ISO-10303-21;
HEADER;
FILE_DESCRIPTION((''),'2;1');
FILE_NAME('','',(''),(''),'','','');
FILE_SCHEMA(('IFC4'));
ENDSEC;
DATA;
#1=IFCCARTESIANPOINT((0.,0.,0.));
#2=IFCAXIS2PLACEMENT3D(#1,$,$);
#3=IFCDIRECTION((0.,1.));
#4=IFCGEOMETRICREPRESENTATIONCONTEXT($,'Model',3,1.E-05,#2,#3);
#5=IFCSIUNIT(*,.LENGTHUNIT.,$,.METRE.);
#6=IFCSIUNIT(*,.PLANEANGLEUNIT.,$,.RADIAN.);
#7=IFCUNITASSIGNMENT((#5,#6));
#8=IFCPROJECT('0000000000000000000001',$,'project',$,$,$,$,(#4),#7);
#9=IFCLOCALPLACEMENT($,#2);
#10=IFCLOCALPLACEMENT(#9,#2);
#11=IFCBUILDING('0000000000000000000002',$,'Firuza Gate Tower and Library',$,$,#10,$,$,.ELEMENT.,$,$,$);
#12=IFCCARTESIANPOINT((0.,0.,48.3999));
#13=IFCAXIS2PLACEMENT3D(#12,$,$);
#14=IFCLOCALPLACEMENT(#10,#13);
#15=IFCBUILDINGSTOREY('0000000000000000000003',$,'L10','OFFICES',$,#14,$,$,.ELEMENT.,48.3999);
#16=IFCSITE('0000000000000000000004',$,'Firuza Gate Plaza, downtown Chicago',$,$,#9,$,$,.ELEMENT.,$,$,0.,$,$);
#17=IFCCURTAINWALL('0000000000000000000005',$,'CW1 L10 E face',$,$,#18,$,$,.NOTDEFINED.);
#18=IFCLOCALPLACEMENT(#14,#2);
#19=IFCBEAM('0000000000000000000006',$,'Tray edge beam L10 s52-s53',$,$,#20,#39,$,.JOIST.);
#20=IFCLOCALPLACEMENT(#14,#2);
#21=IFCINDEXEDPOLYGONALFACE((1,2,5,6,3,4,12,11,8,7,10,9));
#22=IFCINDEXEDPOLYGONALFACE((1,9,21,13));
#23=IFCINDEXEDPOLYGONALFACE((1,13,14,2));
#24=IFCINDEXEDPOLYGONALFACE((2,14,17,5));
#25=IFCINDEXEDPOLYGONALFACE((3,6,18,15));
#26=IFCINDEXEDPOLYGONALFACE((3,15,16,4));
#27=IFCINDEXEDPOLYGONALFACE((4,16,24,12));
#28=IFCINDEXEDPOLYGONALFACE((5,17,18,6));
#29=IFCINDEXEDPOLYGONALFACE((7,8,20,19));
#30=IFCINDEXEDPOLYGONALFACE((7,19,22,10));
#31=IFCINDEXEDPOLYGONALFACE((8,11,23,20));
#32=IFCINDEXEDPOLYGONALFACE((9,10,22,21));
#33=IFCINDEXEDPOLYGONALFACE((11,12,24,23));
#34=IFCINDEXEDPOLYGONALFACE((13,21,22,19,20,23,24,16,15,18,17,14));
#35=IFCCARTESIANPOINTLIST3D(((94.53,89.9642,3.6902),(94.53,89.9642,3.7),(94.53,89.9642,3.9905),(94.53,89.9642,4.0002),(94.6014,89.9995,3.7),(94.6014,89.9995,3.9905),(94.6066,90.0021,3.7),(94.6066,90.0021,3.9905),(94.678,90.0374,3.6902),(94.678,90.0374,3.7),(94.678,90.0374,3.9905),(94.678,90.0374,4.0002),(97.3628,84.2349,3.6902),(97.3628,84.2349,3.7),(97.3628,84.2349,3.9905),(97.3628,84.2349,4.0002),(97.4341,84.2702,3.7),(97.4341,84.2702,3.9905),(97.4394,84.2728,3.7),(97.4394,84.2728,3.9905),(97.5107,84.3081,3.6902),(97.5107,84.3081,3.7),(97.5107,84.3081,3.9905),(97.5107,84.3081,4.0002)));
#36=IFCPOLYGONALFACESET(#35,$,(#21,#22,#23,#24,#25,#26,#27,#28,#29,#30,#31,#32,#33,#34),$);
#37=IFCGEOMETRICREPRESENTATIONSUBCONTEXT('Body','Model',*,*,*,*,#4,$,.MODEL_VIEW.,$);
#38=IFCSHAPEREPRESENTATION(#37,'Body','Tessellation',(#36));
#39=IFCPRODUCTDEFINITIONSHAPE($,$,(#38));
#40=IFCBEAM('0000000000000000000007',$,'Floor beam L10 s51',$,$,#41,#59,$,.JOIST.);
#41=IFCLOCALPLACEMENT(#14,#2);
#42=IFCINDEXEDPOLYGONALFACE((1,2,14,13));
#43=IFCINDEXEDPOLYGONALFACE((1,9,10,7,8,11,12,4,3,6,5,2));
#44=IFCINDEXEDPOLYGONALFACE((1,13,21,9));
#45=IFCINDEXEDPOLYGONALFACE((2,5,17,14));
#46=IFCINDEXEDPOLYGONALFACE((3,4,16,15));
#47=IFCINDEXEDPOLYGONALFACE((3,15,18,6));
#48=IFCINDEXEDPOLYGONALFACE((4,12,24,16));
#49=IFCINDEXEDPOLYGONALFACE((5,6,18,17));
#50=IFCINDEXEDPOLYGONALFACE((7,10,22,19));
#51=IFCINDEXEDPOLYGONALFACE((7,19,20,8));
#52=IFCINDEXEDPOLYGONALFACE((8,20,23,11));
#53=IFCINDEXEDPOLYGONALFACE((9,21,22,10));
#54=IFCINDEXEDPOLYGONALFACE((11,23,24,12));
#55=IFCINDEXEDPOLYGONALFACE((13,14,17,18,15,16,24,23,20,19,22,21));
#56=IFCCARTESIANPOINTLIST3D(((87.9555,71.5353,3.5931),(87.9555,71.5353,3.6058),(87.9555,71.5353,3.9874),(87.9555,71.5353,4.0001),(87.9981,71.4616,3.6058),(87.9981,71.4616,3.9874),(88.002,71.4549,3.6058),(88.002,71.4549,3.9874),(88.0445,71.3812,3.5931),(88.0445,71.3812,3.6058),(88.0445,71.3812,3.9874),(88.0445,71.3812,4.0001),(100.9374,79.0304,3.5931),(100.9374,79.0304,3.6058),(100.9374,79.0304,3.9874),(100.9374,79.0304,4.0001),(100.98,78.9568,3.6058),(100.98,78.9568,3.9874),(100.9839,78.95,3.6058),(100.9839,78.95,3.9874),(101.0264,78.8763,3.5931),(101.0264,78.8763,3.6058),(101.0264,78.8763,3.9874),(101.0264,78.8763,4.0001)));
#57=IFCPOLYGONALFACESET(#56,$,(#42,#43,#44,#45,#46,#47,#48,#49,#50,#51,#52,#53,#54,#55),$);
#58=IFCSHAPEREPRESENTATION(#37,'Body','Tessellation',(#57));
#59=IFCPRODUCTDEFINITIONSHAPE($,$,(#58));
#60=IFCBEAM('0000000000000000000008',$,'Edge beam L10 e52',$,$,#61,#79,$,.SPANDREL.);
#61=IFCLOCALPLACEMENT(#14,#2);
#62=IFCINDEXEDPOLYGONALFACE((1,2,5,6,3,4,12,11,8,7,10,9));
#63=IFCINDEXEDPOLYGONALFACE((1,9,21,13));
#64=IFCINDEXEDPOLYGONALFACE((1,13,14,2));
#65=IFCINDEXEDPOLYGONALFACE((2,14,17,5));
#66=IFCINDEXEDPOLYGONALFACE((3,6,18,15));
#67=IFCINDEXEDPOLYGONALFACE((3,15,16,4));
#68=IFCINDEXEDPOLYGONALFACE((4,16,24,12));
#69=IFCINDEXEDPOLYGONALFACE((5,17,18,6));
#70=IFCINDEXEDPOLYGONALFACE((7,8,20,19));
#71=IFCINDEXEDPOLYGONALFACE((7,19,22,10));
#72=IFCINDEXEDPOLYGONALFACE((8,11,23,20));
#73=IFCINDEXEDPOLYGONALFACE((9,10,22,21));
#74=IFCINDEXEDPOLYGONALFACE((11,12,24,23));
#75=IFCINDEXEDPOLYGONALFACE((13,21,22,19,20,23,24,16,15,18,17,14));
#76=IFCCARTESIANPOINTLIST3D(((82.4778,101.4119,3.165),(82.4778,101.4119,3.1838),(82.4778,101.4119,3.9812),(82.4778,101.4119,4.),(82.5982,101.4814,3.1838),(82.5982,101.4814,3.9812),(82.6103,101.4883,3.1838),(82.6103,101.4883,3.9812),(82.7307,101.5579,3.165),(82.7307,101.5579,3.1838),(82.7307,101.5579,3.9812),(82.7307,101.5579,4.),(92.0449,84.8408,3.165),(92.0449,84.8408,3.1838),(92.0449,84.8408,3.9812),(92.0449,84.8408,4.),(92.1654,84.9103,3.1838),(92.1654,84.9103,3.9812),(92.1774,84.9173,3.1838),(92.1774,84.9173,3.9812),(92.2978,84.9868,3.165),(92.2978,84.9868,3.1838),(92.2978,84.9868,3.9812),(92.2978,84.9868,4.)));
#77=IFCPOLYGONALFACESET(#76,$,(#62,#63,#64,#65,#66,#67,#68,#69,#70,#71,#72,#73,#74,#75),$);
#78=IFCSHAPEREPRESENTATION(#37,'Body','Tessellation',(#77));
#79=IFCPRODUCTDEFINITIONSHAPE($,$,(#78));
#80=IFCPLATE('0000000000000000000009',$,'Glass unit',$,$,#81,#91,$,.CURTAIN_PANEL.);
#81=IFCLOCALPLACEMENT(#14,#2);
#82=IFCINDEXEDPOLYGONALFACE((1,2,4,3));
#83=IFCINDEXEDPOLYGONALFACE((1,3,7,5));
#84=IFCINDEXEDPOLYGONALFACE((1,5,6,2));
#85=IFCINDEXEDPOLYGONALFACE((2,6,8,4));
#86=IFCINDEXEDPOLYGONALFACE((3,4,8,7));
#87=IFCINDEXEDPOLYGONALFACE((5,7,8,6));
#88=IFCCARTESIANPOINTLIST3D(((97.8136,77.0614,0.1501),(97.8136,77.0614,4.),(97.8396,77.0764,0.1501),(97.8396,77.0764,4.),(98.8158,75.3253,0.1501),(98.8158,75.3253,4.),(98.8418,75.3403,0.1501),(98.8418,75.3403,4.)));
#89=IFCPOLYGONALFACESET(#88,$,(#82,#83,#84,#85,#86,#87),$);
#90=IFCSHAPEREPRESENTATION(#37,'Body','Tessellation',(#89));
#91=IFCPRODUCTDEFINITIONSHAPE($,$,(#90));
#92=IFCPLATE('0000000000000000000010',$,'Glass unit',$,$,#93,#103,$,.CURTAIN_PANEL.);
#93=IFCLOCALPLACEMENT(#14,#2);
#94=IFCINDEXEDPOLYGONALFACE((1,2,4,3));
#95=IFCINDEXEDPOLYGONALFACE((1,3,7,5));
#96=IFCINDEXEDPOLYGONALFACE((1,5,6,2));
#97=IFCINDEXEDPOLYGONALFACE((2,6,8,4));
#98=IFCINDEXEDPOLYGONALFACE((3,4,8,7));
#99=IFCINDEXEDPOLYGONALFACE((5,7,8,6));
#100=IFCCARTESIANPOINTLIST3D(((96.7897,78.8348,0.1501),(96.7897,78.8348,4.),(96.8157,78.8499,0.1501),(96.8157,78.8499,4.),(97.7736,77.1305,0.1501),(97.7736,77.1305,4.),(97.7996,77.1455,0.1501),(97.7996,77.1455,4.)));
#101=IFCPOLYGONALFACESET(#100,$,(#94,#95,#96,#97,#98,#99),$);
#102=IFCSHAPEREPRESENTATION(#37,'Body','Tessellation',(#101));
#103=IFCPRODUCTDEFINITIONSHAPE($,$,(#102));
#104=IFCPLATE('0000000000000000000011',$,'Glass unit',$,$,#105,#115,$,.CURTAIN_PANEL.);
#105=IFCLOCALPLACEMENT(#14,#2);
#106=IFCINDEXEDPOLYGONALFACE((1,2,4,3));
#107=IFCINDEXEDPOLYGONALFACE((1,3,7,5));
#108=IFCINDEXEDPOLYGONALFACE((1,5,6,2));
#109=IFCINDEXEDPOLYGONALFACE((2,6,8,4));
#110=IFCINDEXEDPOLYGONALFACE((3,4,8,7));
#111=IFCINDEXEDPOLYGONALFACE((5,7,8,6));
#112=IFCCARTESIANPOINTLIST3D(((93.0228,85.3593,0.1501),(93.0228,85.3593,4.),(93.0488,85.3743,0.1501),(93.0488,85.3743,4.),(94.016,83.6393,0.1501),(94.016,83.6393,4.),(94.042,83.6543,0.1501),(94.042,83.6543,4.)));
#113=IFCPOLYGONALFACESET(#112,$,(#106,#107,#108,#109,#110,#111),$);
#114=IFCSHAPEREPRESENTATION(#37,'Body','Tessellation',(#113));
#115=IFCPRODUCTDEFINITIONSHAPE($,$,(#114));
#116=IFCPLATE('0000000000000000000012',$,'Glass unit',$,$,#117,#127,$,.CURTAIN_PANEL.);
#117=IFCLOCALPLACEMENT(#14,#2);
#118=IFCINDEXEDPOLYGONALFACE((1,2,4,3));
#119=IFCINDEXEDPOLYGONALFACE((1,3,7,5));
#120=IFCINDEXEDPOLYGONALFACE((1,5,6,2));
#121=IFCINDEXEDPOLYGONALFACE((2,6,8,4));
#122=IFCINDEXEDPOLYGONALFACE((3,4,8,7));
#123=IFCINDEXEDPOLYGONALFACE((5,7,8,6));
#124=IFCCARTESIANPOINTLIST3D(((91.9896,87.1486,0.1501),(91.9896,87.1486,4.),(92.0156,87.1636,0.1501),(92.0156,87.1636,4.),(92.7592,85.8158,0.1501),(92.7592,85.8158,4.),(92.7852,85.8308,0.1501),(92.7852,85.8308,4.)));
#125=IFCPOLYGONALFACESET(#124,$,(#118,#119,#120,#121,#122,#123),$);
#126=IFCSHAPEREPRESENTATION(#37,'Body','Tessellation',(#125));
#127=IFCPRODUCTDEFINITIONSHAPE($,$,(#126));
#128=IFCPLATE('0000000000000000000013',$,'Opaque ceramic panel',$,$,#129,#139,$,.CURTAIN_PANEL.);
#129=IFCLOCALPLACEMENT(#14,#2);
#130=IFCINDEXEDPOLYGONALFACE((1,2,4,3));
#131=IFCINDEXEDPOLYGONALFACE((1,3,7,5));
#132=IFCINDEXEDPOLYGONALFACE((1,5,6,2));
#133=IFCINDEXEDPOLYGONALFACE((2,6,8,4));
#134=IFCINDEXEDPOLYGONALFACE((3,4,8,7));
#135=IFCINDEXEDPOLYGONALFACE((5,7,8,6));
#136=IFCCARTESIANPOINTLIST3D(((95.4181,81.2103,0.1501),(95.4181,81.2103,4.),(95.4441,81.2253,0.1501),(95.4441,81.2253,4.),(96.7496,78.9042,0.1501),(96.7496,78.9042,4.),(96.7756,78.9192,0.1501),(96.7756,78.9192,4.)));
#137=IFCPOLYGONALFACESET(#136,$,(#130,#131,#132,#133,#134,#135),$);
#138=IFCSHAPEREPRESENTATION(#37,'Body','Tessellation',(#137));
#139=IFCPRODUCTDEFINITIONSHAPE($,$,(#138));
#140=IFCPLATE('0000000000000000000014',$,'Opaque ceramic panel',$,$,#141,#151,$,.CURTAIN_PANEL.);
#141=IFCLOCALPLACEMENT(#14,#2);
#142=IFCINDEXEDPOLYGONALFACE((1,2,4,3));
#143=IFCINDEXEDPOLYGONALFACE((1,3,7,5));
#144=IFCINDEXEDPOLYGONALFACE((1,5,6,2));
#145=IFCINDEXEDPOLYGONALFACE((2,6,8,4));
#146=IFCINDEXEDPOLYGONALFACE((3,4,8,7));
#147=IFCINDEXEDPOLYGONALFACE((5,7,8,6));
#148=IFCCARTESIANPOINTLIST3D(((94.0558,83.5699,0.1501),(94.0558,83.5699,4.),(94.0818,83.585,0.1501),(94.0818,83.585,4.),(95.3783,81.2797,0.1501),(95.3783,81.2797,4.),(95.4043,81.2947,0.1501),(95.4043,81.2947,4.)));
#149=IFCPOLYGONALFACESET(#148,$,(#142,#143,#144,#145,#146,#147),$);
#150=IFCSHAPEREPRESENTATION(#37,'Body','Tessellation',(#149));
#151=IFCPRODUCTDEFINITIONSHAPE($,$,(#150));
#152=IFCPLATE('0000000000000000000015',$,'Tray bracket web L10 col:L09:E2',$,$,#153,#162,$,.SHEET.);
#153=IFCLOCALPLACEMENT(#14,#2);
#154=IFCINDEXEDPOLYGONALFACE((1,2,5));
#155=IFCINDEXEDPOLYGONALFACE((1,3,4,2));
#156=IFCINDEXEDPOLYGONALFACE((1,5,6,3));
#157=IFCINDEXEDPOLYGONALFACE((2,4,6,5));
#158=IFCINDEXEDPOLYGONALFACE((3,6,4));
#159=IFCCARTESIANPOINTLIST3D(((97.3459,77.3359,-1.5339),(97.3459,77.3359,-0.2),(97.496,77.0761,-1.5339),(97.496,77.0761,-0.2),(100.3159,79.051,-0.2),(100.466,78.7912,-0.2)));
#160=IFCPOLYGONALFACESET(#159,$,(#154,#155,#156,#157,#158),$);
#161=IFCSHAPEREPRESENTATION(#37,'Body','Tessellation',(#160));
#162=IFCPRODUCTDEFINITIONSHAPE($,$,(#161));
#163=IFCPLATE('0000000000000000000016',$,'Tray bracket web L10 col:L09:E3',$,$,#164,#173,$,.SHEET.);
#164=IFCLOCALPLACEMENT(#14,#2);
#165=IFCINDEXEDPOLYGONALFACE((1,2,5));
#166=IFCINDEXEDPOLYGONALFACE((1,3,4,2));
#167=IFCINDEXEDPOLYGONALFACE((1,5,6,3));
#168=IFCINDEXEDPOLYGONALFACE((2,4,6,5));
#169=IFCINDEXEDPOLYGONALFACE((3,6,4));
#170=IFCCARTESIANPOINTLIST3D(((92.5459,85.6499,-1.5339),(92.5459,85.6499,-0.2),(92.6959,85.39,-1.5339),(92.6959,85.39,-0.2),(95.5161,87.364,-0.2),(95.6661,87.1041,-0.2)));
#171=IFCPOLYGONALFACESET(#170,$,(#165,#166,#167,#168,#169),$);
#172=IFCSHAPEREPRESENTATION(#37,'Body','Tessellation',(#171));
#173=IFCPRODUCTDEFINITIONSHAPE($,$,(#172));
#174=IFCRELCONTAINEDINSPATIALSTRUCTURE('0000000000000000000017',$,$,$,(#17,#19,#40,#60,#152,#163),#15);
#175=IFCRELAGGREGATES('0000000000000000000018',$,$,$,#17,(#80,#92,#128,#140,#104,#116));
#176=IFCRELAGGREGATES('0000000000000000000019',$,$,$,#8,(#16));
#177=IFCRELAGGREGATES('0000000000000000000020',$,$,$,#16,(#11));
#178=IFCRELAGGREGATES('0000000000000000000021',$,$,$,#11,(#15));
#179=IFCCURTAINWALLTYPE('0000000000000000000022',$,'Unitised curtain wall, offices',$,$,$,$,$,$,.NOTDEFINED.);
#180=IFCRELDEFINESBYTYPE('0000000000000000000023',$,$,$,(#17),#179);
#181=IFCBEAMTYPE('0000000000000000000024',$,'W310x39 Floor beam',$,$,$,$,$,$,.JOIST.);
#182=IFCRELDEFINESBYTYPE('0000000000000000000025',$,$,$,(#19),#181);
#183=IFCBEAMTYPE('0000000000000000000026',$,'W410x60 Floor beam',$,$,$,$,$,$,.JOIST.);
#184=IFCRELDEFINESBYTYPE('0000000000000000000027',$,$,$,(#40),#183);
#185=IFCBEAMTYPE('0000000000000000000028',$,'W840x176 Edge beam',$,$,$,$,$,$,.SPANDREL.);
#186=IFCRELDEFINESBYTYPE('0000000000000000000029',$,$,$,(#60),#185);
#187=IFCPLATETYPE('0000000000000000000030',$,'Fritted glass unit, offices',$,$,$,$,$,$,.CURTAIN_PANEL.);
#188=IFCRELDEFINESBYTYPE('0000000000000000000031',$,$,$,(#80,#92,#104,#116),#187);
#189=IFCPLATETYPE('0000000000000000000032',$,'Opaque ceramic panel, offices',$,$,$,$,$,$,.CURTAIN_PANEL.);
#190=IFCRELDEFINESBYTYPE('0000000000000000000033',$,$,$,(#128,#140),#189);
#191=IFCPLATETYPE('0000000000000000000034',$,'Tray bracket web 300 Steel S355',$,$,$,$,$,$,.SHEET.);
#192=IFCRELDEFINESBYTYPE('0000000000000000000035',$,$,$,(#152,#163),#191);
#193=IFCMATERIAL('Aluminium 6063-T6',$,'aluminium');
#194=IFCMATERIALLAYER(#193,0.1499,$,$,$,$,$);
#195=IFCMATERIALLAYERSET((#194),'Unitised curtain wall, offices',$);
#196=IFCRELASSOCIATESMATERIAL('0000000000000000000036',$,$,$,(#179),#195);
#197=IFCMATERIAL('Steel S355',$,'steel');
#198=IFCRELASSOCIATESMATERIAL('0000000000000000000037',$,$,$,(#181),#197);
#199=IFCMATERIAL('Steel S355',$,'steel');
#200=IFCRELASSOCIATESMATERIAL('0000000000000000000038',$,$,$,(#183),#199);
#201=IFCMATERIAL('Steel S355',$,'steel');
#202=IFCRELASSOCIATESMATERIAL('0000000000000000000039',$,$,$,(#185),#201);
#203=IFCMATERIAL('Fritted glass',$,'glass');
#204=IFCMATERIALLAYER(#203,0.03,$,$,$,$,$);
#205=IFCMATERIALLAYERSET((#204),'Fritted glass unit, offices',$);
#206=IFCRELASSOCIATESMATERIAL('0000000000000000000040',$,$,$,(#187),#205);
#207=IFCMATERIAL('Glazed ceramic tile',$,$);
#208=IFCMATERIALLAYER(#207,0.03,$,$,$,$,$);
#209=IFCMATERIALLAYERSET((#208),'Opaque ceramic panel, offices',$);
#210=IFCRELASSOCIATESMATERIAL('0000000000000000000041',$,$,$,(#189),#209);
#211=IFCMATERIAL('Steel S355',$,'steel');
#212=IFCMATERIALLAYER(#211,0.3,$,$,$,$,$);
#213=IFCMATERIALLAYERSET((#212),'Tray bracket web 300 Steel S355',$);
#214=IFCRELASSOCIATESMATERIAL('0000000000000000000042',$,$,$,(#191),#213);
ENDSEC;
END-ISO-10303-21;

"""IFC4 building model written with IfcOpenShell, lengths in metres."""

from ifc_helpers import new_model, si_unit, direction, frame, origin, origin_2d, place, context, subcontext, project, spatial, polyline, i_section, outline, extrude, material, layer, layer_set, material_profile, profile_set, type_object, element, aggregate, save


model = new_model("IFC4")

# Units and contexts
model_context = context("Model", 3, precision=1e-05, world=origin(), true_north=direction((0.0, 1.0)))
body_context = subcontext(model_context, "Body", "Model", "MODEL_VIEW")
ifc_project = project(units=[si_unit("LENGTHUNIT", "METRE"), si_unit("PLANEANGLEUNIT", "RADIAN")], contexts=[model_context])

# Site, building, storey
site_placement = place(None, origin())
site = spatial("IfcSite", under=ifc_project, at=site_placement, Name="Firuza Gate Plaza, downtown Chicago", CompositionType="ELEMENT", RefElevation=0.0)
building_placement = place(site_placement, origin())
building = spatial("IfcBuilding", under=site, at=building_placement, Name="Firuza Gate Tower and Library", CompositionType="ELEMENT")
storey_placement = place(building_placement, frame((0.0, 0.0, 48.3999)))
storey = spatial("IfcBuildingStorey", under=building, at=storey_placement, Name="L10", Description="OFFICES", CompositionType="ELEMENT", Elevation=48.3999)

# Curtain wall
ifc_material_1 = material(Name="Aluminium 6063-T6", Category="aluminium")
ifc_layer_1 = layer(ifc_material_1, 0.1499)
ifc_layer_set_1 = layer_set([ifc_layer_1], Name="Unitised curtain wall, offices")
curtain_wall_type = type_object("IfcCurtainWallType", Name="Unitised curtain wall, offices", PredefinedType="NOTDEFINED", material=ifc_layer_set_1)
curtain_wall_placement = place(storey_placement, origin())
curtain_wall = element("IfcCurtainWall", 1, at=curtain_wall_placement, inside=storey, type_object=curtain_wall_type, Name="CW1 L10 E face", PredefinedType="NOTDEFINED")

# Beams
ifc_material_2 = material(Name="Steel S355", Category="steel")
ifc_material_profile_1 = material_profile(ifc_material_2, i_section(OverallWidth=0.165, OverallDepth=0.3101, WebThickness=0.0059, FlangeThickness=0.0098, at=origin_2d()))
ifc_profile_set_1 = profile_set([ifc_material_profile_1], Name="Steel S355")
beam_type_1 = type_object("IfcBeamType", Name="W310x39 Floor beam", PredefinedType="JOIST", material=ifc_profile_set_1)
for number, where, z_axis, x_axis, name in (
    (2, (97.4368, 84.2715, 3.8452), (-0.443221, 0.896412, 0.0), (-0.896412, -0.443221, 0.0), "Tray edge beam L10 s52-s53"),
):
    element("IfcBeam", number, at=place(storey_placement, frame(where, z_axis=z_axis, x_axis=x_axis)), inside=storey, type_object=beam_type_1, Name=name, PredefinedType="JOIST", context=body_context, shape_type="SweptSolid", body=[
        extrude(i_section(OverallWidth=0.165, OverallDepth=0.3101, WebThickness=0.0059, FlangeThickness=0.0098, at=origin_2d()), origin(), (0.0, 0.0, 1.0), 6.3914),
    ])
ifc_material_3 = material(Name="Steel S355", Category="steel")
ifc_material_profile_2 = material_profile(ifc_material_3, i_section(OverallWidth=0.178, OverallDepth=0.407, WebThickness=0.0078, FlangeThickness=0.0127, at=origin_2d()))
ifc_profile_set_2 = profile_set([ifc_material_profile_2], Name="Steel S355")
beam_type_2 = type_object("IfcBeamType", Name="W410x60 Floor beam", PredefinedType="JOIST", material=ifc_profile_set_2)
beam_1_placement = place(storey_placement, frame((100.9819, 78.9534, 3.7966), z_axis=(-0.866026, -0.5, 0.0), x_axis=(0.5, -0.866026, 0.0)))
element("IfcBeam", 3, at=beam_1_placement, inside=storey, type_object=beam_type_2, Name="Floor beam L10 s51", PredefinedType="JOIST", context=body_context, shape_type="SweptSolid", body=[
    extrude(i_section(OverallWidth=0.178, OverallDepth=0.407, WebThickness=0.0078, FlangeThickness=0.0127, at=origin_2d()), origin(), (0.0, 0.0, 1.0), 14.9902),
])
ifc_material_4 = material(Name="Steel S355", Category="steel")
ifc_material_profile_3 = material_profile(ifc_material_4, i_section(OverallWidth=0.292, OverallDepth=0.835, WebThickness=0.0139, FlangeThickness=0.0188, at=origin_2d()))
ifc_profile_set_3 = profile_set([ifc_material_profile_3], Name="Steel S355")
beam_type_3 = type_object("IfcBeamType", Name="W840x176 Edge beam", PredefinedType="SPANDREL", material=ifc_profile_set_3)
beam_2_placement = place(storey_placement, frame((92.1714, 84.9138, 3.5825), z_axis=(-0.499994, 0.866029, 0.0), x_axis=(-0.866029, -0.499994, 0.0)))
element("IfcBeam", 4, at=beam_2_placement, inside=storey, type_object=beam_type_3, Name="Edge beam L10 e52", PredefinedType="SPANDREL", context=body_context, shape_type="SweptSolid", body=[
    extrude(i_section(OverallWidth=0.292, OverallDepth=0.835, WebThickness=0.0139, FlangeThickness=0.0188, at=origin_2d()), origin(), (0.0, 0.0, 1.0), 19.1345),
])

# Plates
ifc_material_5 = material(Name="Fritted glass", Category="glass")
ifc_layer_2 = layer(ifc_material_5, 0.03)
ifc_layer_set_2 = layer_set([ifc_layer_2], Name="Fritted glass unit, offices")
plate_type_1 = type_object("IfcPlateType", Name="Fritted glass unit, offices", PredefinedType="CURTAIN_PANEL", material=ifc_layer_set_2)
plate_1_placement = place(storey_placement, frame((98.8418, 75.3403, 0.1501), z_axis=(0.866054, 0.499951, 0.0), x_axis=(-0.499951, 0.866054, 0.0)))
plate_1 = element("IfcPlate", 5, at=plate_1_placement, type_object=plate_type_1, Name="Glass unit", PredefinedType="CURTAIN_PANEL", context=body_context, shape_type="SweptSolid", body=[
    extrude(outline(polyline([(0.0, 0.0), (2.0046, 0.0), (2.0046, 3.8499), (0.0, 3.8499), (0.0, 0.0)])), origin(), (0.0, 0.0, -1.0), 0.03),
])
plate_2_placement = place(storey_placement, frame((97.7996, 77.1455, 0.1501), z_axis=(0.866051, 0.499955, 0.0), x_axis=(-0.499955, 0.866051, 0.0)))
plate_2 = element("IfcPlate", 6, at=plate_2_placement, type_object=plate_type_1, Name="Glass unit", PredefinedType="CURTAIN_PANEL", context=body_context, shape_type="SweptSolid", body=[
    extrude(outline(polyline([(0.0, 0.0), (1.968, 0.0), (1.968, 3.8499), (0.0, 3.8499), (0.0, 0.0)])), origin(), (0.0, 0.0, -1.0), 0.03),
])
plate_3_placement = place(storey_placement, frame((94.042, 83.6543, 0.1501), z_axis=(0.865995, 0.500052, 0.0), x_axis=(-0.500052, 0.865995, 0.0)))
plate_3 = element("IfcPlate", 7, at=plate_3_placement, type_object=plate_type_1, Name="Glass unit", PredefinedType="CURTAIN_PANEL", context=body_context, shape_type="SweptSolid", body=[
    extrude(outline(polyline([(0.0, 0.0), (1.9861, 0.0), (1.9861, 3.8499), (0.0, 3.8499), (0.0, 0.0)])), origin(), (0.0, 0.0, -1.0), 0.03),
])
plate_4_placement = place(storey_placement, frame((92.7852, 85.8308, 0.1501), z_axis=(0.866009, 0.500029, 0.0), x_axis=(-0.500029, 0.866009, 0.0)))
plate_4 = element("IfcPlate", 8, at=plate_4_placement, type_object=plate_type_1, Name="Glass unit", PredefinedType="CURTAIN_PANEL", context=body_context, shape_type="SweptSolid", body=[
    extrude(outline(polyline([(0.0, 0.0), (1.539, 0.0), (1.539, 3.8499), (0.0, 3.8499), (0.0, 0.0)])), origin(), (0.0, 0.0, -1.0), 0.03),
])
ifc_material_6 = material(Name="Glazed ceramic tile")
ifc_layer_3 = layer(ifc_material_6, 0.03)
ifc_layer_set_3 = layer_set([ifc_layer_3], Name="Opaque ceramic panel, offices")
plate_type_2 = type_object("IfcPlateType", Name="Opaque ceramic panel, offices", PredefinedType="CURTAIN_PANEL", material=ifc_layer_set_3)
plate_5_placement = place(storey_placement, frame((96.7756, 78.9192, 0.1501), z_axis=(0.866012, 0.500024, 0.0), x_axis=(-0.500024, 0.866012, 0.0)))
plate_5 = element("IfcPlate", 9, at=plate_5_placement, type_object=plate_type_2, Name="Opaque ceramic panel", PredefinedType="CURTAIN_PANEL", context=body_context, shape_type="SweptSolid", body=[
    extrude(outline(polyline([(0.0, 0.0), (2.663, 0.0), (2.663, 3.8499), (0.0, 3.8499), (0.0, 0.0)])), origin(), (0.0, 0.0, -1.0), 0.03),
])
plate_6_placement = place(storey_placement, frame((95.4043, 81.2947, 0.1501), z_axis=(0.86599, 0.500061, 0.0), x_axis=(-0.500061, 0.86599, 0.0)))
plate_6 = element("IfcPlate", 10, at=plate_6_placement, type_object=plate_type_2, Name="Opaque ceramic panel", PredefinedType="CURTAIN_PANEL", context=body_context, shape_type="SweptSolid", body=[
    extrude(outline(polyline([(0.0, 0.0), (2.6447, 0.0), (2.6447, 3.8499), (0.0, 3.8499), (0.0, 0.0)])), origin(), (0.0, 0.0, -1.0), 0.03),
])
aggregate(curtain_wall, [plate_1, plate_2, plate_5, plate_6, plate_3, plate_4])

# Plates
ifc_material_7 = material(Name="Steel S355", Category="steel")
ifc_layer_4 = layer(ifc_material_7, 0.3)
ifc_layer_set_4 = layer_set([ifc_layer_4], Name="Tray bracket web 300 Steel S355")
plate_type_3 = type_object("IfcPlateType", Name="Tray bracket web 300 Steel S355", PredefinedType="SHEET", material=ifc_layer_set_4)
plate_7_placement = place(storey_placement, frame((97.3459, 77.3359, -0.2), z_axis=(-0.500082, 0.865978, 0.0), x_axis=(0.865978, 0.500082, 0.0)))
element("IfcPlate", 11, at=plate_7_placement, inside=storey, type_object=plate_type_3, Name="Tray bracket web L10 col:L09:E2", PredefinedType="SHEET", context=body_context, shape_type="SweptSolid", body=[
    extrude(outline(polyline([(0.0, 0.0), (3.4296, 0.0), (0.0, 1.334), (0.0, 0.0)])), origin(), (0.0, 0.0, -1.0), 0.3),
])
plate_8_placement = place(storey_placement, frame((92.5459, 85.6499, -0.2), z_axis=(-0.499837, 0.866119, 0.0), x_axis=(0.866119, 0.499837, 0.0)))
element("IfcPlate", 12, at=plate_8_placement, inside=storey, type_object=plate_type_3, Name="Tray bracket web L10 col:L09:E3", PredefinedType="SHEET", context=body_context, shape_type="SweptSolid", body=[
    extrude(outline(polyline([(0.0, 0.0), (3.4293, 0.0), (0.0, 1.334), (0.0, 0.0)])), origin(), (0.0, 0.0, -1.0), 0.3),
])

save(model, "model.ifc")
